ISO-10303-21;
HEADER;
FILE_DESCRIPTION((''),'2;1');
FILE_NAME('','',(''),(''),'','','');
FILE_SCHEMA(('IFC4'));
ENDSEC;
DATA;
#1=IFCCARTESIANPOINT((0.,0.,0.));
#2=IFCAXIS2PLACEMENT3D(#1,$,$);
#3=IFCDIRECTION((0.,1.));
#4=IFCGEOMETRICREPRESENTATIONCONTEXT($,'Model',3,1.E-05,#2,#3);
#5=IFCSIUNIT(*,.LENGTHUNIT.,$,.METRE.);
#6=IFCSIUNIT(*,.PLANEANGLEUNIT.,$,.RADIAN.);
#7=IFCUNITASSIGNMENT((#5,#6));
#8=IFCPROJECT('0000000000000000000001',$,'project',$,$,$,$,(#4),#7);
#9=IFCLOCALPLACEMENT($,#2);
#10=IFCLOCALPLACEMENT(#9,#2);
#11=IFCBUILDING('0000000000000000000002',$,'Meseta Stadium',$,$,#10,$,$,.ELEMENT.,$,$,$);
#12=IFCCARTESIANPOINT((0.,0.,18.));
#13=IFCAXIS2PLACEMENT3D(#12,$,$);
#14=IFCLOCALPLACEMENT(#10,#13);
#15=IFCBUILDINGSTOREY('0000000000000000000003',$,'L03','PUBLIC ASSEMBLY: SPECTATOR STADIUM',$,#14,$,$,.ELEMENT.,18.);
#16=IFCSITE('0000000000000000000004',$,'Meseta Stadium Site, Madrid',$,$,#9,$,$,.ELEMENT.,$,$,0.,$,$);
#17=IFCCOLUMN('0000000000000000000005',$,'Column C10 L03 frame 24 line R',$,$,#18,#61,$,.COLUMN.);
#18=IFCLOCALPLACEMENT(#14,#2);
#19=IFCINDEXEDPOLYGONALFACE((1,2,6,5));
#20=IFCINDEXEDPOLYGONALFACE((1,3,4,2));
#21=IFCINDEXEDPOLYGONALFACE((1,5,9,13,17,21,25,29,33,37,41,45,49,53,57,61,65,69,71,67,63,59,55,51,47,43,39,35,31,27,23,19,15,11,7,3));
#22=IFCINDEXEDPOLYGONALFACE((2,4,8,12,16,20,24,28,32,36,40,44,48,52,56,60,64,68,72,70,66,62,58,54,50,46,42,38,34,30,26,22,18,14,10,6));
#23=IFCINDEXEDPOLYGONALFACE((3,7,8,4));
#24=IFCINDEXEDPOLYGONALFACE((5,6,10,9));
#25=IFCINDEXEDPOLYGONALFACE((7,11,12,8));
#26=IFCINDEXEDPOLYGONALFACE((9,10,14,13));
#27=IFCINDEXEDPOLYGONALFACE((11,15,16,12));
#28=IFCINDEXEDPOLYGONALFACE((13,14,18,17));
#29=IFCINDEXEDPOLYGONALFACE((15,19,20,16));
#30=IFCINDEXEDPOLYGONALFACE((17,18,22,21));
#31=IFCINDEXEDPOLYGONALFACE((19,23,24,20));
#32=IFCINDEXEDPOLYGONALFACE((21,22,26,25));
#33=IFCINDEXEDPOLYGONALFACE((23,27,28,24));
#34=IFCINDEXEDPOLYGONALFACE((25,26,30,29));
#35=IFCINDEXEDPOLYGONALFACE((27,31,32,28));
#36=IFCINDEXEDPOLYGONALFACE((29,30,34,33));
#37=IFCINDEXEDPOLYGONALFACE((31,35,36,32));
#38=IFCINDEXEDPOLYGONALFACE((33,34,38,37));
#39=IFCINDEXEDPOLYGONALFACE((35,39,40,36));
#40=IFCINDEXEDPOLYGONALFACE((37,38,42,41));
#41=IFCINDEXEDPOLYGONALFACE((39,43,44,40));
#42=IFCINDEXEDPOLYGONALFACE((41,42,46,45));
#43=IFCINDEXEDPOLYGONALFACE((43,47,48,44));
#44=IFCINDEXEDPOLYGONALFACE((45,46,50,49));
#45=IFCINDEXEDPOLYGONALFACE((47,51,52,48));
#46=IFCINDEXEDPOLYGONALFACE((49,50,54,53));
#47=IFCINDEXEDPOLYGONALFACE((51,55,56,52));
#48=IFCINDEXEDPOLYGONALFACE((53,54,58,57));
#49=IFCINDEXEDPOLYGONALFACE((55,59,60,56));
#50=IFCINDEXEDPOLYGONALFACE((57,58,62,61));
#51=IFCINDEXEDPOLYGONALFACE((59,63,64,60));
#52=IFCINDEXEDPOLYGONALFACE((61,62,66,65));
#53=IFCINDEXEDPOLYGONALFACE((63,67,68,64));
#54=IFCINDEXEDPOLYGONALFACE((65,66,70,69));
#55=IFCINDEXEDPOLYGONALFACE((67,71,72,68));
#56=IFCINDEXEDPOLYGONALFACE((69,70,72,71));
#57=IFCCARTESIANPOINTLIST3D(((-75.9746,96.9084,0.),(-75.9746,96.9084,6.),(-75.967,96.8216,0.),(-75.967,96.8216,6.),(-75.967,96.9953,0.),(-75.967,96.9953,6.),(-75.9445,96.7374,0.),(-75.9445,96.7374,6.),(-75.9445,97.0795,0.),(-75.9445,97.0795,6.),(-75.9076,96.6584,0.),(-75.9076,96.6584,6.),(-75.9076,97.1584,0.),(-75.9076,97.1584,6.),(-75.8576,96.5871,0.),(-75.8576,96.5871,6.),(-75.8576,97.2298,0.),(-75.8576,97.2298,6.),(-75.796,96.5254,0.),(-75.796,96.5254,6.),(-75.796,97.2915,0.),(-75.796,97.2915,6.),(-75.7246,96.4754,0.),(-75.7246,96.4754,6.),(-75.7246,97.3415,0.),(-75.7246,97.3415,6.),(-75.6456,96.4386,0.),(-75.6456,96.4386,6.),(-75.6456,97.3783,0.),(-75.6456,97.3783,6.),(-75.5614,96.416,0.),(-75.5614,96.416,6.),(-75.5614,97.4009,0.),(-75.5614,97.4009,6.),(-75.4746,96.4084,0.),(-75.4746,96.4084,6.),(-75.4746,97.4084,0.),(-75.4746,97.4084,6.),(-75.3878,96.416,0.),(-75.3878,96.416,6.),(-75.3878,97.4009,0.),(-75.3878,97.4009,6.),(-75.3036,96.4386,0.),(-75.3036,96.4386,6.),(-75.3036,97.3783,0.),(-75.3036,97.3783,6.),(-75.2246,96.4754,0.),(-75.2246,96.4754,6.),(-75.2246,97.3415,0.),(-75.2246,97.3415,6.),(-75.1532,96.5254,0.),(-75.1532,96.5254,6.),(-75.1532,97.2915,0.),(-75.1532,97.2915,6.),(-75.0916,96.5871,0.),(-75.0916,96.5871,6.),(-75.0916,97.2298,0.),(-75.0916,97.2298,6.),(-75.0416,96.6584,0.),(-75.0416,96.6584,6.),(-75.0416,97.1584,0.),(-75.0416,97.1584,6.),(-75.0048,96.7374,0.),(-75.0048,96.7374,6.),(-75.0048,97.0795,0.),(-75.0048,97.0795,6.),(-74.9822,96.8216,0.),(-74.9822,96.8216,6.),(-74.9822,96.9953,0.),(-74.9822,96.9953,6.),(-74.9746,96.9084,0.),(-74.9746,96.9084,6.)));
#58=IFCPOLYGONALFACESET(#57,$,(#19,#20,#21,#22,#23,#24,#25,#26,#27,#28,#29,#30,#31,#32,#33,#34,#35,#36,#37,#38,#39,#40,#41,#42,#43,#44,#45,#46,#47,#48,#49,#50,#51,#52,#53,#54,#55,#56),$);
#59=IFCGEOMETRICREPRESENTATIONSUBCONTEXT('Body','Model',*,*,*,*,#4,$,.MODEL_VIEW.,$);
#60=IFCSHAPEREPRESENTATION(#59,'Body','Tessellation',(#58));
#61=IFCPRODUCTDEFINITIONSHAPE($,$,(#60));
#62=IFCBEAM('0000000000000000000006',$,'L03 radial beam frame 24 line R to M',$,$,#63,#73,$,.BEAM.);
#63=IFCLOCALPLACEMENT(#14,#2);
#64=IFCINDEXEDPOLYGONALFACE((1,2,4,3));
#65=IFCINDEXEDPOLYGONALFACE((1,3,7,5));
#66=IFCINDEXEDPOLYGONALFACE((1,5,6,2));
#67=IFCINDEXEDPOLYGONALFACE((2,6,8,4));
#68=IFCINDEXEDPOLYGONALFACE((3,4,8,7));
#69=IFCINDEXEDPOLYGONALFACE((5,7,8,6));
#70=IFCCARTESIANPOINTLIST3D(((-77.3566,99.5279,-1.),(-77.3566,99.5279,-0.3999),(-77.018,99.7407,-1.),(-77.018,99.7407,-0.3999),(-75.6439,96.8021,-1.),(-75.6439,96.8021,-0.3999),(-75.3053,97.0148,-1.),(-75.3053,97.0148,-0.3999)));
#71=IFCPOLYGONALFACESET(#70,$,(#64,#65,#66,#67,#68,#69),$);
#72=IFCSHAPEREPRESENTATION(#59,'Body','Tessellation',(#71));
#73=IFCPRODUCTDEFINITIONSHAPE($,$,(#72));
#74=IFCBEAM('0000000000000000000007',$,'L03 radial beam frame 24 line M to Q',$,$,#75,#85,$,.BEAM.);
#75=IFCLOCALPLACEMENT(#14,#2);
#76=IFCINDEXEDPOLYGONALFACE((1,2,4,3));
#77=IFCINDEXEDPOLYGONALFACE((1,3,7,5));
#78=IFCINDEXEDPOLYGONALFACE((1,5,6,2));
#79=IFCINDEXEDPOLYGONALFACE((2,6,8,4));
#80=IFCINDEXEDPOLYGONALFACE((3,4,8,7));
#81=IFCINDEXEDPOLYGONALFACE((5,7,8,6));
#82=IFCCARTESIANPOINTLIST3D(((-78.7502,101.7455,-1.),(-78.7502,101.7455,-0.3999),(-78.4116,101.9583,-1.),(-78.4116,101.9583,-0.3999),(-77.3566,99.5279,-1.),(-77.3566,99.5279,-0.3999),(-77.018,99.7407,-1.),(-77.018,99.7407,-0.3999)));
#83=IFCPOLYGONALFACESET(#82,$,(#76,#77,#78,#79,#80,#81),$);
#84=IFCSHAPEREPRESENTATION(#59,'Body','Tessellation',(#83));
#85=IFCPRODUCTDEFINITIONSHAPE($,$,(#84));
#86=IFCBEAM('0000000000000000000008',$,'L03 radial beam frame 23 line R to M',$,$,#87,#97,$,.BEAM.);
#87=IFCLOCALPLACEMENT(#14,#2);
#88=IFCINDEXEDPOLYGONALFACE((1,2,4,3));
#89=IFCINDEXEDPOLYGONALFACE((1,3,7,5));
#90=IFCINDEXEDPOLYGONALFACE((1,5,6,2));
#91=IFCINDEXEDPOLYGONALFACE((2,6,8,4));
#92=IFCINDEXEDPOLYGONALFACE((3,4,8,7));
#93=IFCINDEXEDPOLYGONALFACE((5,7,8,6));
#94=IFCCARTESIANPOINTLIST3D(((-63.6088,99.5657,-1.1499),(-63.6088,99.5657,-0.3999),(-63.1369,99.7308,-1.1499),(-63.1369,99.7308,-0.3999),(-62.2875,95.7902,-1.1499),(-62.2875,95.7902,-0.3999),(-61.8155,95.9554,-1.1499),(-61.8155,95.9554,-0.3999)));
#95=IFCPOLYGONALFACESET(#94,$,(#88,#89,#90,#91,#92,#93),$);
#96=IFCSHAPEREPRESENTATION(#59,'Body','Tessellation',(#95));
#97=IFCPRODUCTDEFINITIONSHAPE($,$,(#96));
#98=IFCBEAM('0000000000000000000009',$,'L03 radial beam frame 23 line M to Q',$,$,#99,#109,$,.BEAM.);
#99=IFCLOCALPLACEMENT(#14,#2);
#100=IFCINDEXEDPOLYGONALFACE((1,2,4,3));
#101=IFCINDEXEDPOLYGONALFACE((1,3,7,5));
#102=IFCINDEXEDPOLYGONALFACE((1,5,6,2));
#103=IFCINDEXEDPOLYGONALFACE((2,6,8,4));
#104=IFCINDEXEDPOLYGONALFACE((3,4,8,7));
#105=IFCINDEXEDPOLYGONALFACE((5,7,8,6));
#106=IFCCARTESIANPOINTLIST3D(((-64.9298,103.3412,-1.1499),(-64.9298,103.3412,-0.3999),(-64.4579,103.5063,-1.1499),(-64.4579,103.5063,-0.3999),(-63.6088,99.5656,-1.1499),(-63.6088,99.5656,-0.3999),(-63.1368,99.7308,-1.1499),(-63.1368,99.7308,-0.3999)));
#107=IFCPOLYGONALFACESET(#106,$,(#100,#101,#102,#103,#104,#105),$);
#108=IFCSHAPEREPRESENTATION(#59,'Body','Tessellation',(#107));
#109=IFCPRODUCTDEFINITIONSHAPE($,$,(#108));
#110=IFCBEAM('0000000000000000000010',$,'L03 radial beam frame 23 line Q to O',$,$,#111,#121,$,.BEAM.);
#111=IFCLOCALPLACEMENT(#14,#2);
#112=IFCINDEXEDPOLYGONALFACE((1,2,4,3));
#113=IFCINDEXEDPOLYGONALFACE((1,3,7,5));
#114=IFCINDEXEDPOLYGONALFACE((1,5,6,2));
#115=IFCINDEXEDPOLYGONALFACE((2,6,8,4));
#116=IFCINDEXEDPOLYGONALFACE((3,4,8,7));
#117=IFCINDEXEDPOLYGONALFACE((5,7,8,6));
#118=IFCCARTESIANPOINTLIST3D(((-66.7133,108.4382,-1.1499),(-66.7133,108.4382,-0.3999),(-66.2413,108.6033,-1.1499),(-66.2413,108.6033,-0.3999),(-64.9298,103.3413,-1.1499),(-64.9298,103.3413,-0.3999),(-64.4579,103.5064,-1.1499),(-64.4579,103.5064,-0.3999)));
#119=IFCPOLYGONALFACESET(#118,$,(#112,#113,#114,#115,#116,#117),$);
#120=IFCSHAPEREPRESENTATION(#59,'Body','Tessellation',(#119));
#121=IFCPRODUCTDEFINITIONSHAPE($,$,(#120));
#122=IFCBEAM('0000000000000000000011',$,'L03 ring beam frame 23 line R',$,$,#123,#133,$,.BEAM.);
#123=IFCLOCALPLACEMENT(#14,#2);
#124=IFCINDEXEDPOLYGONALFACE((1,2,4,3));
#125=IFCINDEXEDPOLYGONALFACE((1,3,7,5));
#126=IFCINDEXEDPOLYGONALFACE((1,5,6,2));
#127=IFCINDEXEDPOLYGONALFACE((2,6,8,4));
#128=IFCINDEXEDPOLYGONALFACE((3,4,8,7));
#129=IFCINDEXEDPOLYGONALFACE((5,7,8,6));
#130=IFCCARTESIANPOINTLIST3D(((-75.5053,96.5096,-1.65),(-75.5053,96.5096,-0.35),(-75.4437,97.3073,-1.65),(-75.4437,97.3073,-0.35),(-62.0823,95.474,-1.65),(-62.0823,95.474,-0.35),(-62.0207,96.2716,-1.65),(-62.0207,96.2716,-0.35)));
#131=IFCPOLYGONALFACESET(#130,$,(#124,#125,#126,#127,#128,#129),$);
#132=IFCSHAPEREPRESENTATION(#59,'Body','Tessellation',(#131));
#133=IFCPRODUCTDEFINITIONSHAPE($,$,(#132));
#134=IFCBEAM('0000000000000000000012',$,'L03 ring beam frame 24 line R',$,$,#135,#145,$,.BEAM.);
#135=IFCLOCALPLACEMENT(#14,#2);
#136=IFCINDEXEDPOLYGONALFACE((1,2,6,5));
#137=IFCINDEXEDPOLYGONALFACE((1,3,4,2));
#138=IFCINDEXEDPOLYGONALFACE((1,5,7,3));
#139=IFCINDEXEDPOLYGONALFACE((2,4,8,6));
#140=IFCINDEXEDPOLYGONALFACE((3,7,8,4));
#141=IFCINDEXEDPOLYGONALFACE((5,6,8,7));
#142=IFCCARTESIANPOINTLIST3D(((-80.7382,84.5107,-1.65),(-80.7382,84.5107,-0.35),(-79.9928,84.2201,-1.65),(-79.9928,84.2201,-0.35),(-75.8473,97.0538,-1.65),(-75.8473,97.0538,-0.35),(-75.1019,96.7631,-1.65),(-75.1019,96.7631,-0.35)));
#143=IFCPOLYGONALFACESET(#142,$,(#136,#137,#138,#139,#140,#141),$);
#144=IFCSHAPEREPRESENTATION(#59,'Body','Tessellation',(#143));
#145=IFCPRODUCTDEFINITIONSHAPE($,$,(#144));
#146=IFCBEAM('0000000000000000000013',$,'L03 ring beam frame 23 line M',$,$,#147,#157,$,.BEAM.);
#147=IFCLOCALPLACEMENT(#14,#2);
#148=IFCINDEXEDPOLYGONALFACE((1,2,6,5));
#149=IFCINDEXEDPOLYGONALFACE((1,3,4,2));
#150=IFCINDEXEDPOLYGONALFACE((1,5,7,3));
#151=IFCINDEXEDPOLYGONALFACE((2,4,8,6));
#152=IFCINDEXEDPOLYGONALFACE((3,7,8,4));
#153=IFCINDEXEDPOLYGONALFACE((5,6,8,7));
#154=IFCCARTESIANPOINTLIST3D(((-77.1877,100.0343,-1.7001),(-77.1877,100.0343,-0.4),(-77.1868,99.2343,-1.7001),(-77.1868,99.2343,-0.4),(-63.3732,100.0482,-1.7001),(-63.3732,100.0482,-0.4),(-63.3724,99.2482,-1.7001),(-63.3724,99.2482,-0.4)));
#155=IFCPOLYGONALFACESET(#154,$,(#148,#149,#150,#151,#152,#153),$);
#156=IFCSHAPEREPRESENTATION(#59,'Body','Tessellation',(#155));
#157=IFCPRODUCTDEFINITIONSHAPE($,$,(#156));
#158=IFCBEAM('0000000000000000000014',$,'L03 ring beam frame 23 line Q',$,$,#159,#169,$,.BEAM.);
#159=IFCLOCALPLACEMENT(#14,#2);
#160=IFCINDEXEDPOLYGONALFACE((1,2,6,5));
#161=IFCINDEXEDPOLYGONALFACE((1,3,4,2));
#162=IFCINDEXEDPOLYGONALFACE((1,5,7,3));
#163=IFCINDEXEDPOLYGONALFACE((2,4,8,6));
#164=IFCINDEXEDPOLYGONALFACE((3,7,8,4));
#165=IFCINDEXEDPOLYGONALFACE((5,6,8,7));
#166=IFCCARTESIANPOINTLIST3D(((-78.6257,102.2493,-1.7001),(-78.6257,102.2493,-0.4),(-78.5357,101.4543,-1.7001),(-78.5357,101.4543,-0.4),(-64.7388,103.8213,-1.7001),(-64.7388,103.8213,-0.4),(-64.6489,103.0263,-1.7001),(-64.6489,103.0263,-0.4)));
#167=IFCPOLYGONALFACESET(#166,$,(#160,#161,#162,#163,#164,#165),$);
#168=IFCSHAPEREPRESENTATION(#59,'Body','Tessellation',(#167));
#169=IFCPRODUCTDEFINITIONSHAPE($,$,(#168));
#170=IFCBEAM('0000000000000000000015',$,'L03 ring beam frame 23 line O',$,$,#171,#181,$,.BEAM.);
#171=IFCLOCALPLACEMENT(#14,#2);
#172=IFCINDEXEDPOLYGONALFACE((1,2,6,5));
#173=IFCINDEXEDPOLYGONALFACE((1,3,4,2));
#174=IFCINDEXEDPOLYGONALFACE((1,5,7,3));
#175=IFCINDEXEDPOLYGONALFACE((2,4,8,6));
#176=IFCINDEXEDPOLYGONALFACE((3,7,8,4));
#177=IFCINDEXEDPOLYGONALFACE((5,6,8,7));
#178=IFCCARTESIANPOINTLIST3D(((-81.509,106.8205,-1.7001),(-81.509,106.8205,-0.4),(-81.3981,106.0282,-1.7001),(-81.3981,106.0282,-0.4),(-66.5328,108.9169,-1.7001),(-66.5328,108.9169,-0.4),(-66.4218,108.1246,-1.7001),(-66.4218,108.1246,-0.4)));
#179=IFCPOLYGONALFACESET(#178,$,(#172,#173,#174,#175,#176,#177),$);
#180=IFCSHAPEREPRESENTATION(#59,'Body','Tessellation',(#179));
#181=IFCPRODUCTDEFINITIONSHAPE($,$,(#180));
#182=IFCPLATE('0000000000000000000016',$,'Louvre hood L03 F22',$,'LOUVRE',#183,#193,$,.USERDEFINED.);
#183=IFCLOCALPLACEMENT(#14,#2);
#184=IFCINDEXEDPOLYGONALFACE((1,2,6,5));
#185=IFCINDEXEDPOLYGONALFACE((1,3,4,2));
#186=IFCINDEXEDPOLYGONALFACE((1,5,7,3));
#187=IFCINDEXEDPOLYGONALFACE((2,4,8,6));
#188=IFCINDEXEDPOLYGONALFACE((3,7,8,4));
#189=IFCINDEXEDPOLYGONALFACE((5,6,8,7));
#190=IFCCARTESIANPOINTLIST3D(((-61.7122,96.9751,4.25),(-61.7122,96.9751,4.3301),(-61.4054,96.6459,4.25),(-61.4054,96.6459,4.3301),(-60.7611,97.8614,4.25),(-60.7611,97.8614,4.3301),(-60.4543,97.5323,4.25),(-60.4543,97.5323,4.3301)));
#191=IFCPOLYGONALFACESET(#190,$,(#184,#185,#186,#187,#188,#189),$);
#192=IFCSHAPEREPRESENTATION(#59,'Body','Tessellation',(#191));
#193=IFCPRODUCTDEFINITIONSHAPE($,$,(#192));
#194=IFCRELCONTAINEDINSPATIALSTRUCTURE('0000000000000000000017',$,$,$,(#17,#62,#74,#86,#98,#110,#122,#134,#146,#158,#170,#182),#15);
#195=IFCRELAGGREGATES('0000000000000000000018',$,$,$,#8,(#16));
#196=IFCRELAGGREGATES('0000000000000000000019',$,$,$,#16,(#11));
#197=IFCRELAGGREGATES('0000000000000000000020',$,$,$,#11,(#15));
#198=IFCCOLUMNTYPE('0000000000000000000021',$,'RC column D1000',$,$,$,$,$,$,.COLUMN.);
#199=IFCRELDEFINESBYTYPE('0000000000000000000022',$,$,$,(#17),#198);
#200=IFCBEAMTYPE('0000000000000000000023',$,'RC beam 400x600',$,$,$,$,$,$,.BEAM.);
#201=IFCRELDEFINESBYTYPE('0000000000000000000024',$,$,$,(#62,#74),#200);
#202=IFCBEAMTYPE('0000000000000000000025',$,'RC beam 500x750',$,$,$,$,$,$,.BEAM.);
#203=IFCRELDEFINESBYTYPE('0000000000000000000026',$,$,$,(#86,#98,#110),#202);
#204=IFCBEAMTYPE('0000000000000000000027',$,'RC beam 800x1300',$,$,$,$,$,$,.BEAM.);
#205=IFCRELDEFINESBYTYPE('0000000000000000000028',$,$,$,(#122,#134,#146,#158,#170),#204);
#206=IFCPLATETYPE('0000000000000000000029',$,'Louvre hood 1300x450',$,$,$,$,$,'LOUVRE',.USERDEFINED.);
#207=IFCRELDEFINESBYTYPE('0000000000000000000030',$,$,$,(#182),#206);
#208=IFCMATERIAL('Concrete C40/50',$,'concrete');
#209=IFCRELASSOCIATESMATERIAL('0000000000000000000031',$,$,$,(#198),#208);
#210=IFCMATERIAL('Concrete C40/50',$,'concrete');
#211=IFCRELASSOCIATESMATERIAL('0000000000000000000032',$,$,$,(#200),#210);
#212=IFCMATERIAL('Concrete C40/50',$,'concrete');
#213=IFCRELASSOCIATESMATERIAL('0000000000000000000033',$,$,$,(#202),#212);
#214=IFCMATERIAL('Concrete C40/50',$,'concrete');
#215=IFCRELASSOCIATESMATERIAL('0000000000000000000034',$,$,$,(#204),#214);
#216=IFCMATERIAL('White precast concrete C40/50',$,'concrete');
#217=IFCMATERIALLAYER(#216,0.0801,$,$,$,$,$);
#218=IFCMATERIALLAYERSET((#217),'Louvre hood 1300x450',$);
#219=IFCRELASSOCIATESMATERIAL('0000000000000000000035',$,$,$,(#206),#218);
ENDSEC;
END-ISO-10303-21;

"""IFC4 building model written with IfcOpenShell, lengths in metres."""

from ifc_helpers import new_model, si_unit, direction, frame, origin, origin_2d, place, context, subcontext, project, spatial, rectangle, circle, extrude, material, layer, layer_set, material_profile, profile_set, type_object, element, save


model = new_model("IFC4")

# Units and contexts
model_context = context("Model", 3, precision=1e-05, world=origin(), true_north=direction((0.0, 1.0)))
body_context = subcontext(model_context, "Body", "Model", "MODEL_VIEW")
ifc_project = project(units=[si_unit("LENGTHUNIT", "METRE"), si_unit("PLANEANGLEUNIT", "RADIAN")], contexts=[model_context])

# Site, building, storey
site_placement = place(None, origin())
site = spatial("IfcSite", under=ifc_project, at=site_placement, Name="Meseta Stadium Site, Madrid", CompositionType="ELEMENT", RefElevation=0.0)
building_placement = place(site_placement, origin())
building = spatial("IfcBuilding", under=site, at=building_placement, Name="Meseta Stadium", CompositionType="ELEMENT")
storey_placement = place(building_placement, frame((0.0, 0.0, 18.0)))
storey = spatial("IfcBuildingStorey", under=building, at=storey_placement, Name="L03", Description="PUBLIC ASSEMBLY: SPECTATOR STADIUM", CompositionType="ELEMENT", Elevation=18.0)

# Column
ifc_material_1 = material(Name="Concrete C40/50", Category="concrete")
ifc_material_profile_1 = material_profile(ifc_material_1, circle(Radius=0.5, at=origin_2d()), Name="RC D1000")
ifc_profile_set_1 = profile_set([ifc_material_profile_1], Name="Concrete C40/50")
column_type = type_object("IfcColumnType", Name="RC column D1000", PredefinedType="COLUMN", material=ifc_profile_set_1)
column_placement = place(storey_placement, frame((-75.4746, 96.9084, 0.0), z_axis=(0.0, 0.0, 1.0), x_axis=(1.0, 0.0, 0.0)))
element("IfcColumn", 1, at=column_placement, inside=storey, type_object=column_type, Name="Column C10 L03 frame 24 line R", PredefinedType="COLUMN", context=body_context, shape_type="SweptSolid", body=[
    extrude(circle(Radius=0.5, at=origin_2d()), origin(), (0.0, 0.0, 1.0), 6.0),
])

# Beams
ifc_material_2 = material(Name="Concrete C40/50", Category="concrete")
ifc_material_profile_2 = material_profile(ifc_material_2, rectangle(XDim=0.3999, YDim=0.6001, at=origin_2d()), Name="RC 400x600")
ifc_profile_set_2 = profile_set([ifc_material_profile_2], Name="Concrete C40/50")
beam_type_1 = type_object("IfcBeamType", Name="RC beam 400x600", PredefinedType="BEAM", material=ifc_profile_set_2)
beam_1_placement = place(storey_placement, frame((-75.4746, 96.9084, -0.7), z_axis=(-0.532008, 0.846739, 0.0), x_axis=(-0.846739, -0.532008, 0.0)))
element("IfcBeam", 2, at=beam_1_placement, inside=storey, type_object=beam_type_1, Name="L03 radial beam frame 24 line R to M", PredefinedType="BEAM", context=body_context, shape_type="SweptSolid", body=[
    extrude(rectangle(XDim=0.3999, YDim=0.6001, at=origin_2d()), origin(), (0.0, 0.0, 1.0), 3.2192),
])
beam_2_placement = place(storey_placement, frame((-77.1873, 99.6343, -0.7), z_axis=(-0.532084, 0.846692, 0.0), x_axis=(-0.846692, -0.532084, 0.0)))
element("IfcBeam", 3, at=beam_2_placement, inside=storey, type_object=beam_type_1, Name="L03 radial beam frame 24 line M to Q", PredefinedType="BEAM", context=body_context, shape_type="SweptSolid", body=[
    extrude(rectangle(XDim=0.3999, YDim=0.6001, at=origin_2d()), origin(), (0.0, 0.0, 1.0), 2.6191),
])
ifc_material_3 = material(Name="Concrete C40/50", Category="concrete")
ifc_material_profile_3 = material_profile(ifc_material_3, rectangle(XDim=0.5, YDim=0.75, at=origin_2d()), Name="RC 500x750")
ifc_profile_set_3 = profile_set([ifc_material_profile_3], Name="Concrete C40/50")
beam_type_2 = type_object("IfcBeamType", Name="RC beam 500x750", PredefinedType="BEAM", material=ifc_profile_set_3)
for number, where, z_axis, x_axis, name in (
    (4, (-62.0515, 95.8728, -0.7749), (-0.330329, 0.943866, 0.0), (-0.943866, -0.330329, 0.0), "L03 radial beam frame 23 line R to M"),
    (5, (-63.3728, 99.6482, -0.7749), (-0.330255, 0.943892, 0.0), (-0.943892, -0.330255, 0.0), "L03 radial beam frame 23 line M to Q"),
):
    element("IfcBeam", number, at=place(storey_placement, frame(where, z_axis=z_axis, x_axis=x_axis)), inside=storey, type_object=beam_type_2, Name=name, PredefinedType="BEAM", context=body_context, shape_type="SweptSolid", body=[
        extrude(rectangle(XDim=0.5, YDim=0.75, at=origin_2d()), origin(), (0.0, 0.0, 1.0), 4.0),
    ])
beam_3_placement = place(storey_placement, frame((-64.6938, 103.4238, -0.7749), z_axis=(-0.330272, 0.943886, 0.0), x_axis=(-0.943886, -0.330272, 0.0)))
element("IfcBeam", 6, at=beam_3_placement, inside=storey, type_object=beam_type_2, Name="L03 radial beam frame 23 line Q to O", PredefinedType="BEAM", context=body_context, shape_type="SweptSolid", body=[
    extrude(rectangle(XDim=0.5, YDim=0.75, at=origin_2d()), origin(), (0.0, 0.0, 1.0), 5.3999),
])
ifc_material_4 = material(Name="Concrete C40/50", Category="concrete")
ifc_material_profile_4 = material_profile(ifc_material_4, rectangle(XDim=0.8, YDim=1.3, at=origin_2d()), Name="RC 800x1300")
ifc_profile_set_4 = profile_set([ifc_material_profile_4], Name="Concrete C40/50")
beam_type_3 = type_object("IfcBeamType", Name="RC beam 800x1300", PredefinedType="BEAM", material=ifc_profile_set_4)
for number, where, z_axis, x_axis, name in (
    (7, (-62.0515, 95.8728, -1.0), (-0.997037, 0.076925, 0.0), (-0.076925, -0.997037, 0.0), "L03 ring beam frame 23 line R"),
    (8, (-75.4746, 96.9084, -1.0), (-0.363288, -0.931677, 0.0), (0.931677, -0.363288, 0.0), "L03 ring beam frame 24 line R"),
):
    element("IfcBeam", number, at=place(storey_placement, frame(where, z_axis=z_axis, x_axis=x_axis)), inside=storey, type_object=beam_type_3, Name=name, PredefinedType="BEAM", context=body_context, shape_type="SweptSolid", body=[
        extrude(rectangle(XDim=0.8, YDim=1.3, at=origin_2d()), origin(), (0.0, 0.0, 1.0), 13.4629),
    ])
beam_4_placement = place(storey_placement, frame((-63.3728, 99.6482, -1.05), z_axis=(-0.999999, -0.001007, 0.0), x_axis=(0.001007, -0.999999, 0.0)))
element("IfcBeam", 9, at=beam_4_placement, inside=storey, type_object=beam_type_3, Name="L03 ring beam frame 23 line M", PredefinedType="BEAM", context=body_context, shape_type="SweptSolid", body=[
    extrude(rectangle(XDim=0.8, YDim=1.3, at=origin_2d()), origin(), (0.0, 0.0, 1.0), 13.8145),
])
beam_5_placement = place(storey_placement, frame((-64.6938, 103.4238, -1.05), z_axis=(-0.993654, -0.112483, 0.0), x_axis=(0.112483, -0.993654, 0.0)))
element("IfcBeam", 10, at=beam_5_placement, inside=storey, type_object=beam_type_3, Name="L03 ring beam frame 23 line Q", PredefinedType="BEAM", context=body_context, shape_type="SweptSolid", body=[
    extrude(rectangle(XDim=0.8, YDim=1.3, at=origin_2d()), origin(), (0.0, 0.0, 1.0), 13.9756),
])
beam_6_placement = place(storey_placement, frame((-66.4773, 108.5208, -1.05), z_axis=(-0.990344, -0.138632, 0.0), x_axis=(0.138632, -0.990344, 0.0)))
element("IfcBeam", 11, at=beam_6_placement, inside=storey, type_object=beam_type_3, Name="L03 ring beam frame 23 line O", PredefinedType="BEAM", context=body_context, shape_type="SweptSolid", body=[
    extrude(rectangle(XDim=0.8, YDim=1.3, at=origin_2d()), origin(), (0.0, 0.0, 1.0), 15.1223),
])

# Plate
ifc_material_5 = material(Name="White precast concrete C40/50", Category="concrete")
ifc_layer_1 = layer(ifc_material_5, 0.0801)
ifc_layer_set_1 = layer_set([ifc_layer_1], Name="Louvre hood 1300x450")
plate_type = type_object("IfcPlateType", Name="Louvre hood 1300x450", ElementType="LOUVRE", PredefinedType="USERDEFINED", material=ifc_layer_set_1)
plate_placement = place(storey_placement, frame((-61.0833, 97.2537, 4.25), z_axis=(0.0, 0.0, 1.0), x_axis=(-0.731545, -0.681793, 0.0)))
element("IfcPlate", 12, at=plate_placement, inside=storey, type_object=plate_type, Name="Louvre hood L03 F22", ObjectType="LOUVRE", PredefinedType="USERDEFINED", context=body_context, shape_type="SweptSolid", body=[
    extrude(rectangle(XDim=1.3, YDim=0.45, at=origin_2d()), origin(), (0.0, 0.0, 1.0), 0.0801),
])

save(model, "model.ifc")
